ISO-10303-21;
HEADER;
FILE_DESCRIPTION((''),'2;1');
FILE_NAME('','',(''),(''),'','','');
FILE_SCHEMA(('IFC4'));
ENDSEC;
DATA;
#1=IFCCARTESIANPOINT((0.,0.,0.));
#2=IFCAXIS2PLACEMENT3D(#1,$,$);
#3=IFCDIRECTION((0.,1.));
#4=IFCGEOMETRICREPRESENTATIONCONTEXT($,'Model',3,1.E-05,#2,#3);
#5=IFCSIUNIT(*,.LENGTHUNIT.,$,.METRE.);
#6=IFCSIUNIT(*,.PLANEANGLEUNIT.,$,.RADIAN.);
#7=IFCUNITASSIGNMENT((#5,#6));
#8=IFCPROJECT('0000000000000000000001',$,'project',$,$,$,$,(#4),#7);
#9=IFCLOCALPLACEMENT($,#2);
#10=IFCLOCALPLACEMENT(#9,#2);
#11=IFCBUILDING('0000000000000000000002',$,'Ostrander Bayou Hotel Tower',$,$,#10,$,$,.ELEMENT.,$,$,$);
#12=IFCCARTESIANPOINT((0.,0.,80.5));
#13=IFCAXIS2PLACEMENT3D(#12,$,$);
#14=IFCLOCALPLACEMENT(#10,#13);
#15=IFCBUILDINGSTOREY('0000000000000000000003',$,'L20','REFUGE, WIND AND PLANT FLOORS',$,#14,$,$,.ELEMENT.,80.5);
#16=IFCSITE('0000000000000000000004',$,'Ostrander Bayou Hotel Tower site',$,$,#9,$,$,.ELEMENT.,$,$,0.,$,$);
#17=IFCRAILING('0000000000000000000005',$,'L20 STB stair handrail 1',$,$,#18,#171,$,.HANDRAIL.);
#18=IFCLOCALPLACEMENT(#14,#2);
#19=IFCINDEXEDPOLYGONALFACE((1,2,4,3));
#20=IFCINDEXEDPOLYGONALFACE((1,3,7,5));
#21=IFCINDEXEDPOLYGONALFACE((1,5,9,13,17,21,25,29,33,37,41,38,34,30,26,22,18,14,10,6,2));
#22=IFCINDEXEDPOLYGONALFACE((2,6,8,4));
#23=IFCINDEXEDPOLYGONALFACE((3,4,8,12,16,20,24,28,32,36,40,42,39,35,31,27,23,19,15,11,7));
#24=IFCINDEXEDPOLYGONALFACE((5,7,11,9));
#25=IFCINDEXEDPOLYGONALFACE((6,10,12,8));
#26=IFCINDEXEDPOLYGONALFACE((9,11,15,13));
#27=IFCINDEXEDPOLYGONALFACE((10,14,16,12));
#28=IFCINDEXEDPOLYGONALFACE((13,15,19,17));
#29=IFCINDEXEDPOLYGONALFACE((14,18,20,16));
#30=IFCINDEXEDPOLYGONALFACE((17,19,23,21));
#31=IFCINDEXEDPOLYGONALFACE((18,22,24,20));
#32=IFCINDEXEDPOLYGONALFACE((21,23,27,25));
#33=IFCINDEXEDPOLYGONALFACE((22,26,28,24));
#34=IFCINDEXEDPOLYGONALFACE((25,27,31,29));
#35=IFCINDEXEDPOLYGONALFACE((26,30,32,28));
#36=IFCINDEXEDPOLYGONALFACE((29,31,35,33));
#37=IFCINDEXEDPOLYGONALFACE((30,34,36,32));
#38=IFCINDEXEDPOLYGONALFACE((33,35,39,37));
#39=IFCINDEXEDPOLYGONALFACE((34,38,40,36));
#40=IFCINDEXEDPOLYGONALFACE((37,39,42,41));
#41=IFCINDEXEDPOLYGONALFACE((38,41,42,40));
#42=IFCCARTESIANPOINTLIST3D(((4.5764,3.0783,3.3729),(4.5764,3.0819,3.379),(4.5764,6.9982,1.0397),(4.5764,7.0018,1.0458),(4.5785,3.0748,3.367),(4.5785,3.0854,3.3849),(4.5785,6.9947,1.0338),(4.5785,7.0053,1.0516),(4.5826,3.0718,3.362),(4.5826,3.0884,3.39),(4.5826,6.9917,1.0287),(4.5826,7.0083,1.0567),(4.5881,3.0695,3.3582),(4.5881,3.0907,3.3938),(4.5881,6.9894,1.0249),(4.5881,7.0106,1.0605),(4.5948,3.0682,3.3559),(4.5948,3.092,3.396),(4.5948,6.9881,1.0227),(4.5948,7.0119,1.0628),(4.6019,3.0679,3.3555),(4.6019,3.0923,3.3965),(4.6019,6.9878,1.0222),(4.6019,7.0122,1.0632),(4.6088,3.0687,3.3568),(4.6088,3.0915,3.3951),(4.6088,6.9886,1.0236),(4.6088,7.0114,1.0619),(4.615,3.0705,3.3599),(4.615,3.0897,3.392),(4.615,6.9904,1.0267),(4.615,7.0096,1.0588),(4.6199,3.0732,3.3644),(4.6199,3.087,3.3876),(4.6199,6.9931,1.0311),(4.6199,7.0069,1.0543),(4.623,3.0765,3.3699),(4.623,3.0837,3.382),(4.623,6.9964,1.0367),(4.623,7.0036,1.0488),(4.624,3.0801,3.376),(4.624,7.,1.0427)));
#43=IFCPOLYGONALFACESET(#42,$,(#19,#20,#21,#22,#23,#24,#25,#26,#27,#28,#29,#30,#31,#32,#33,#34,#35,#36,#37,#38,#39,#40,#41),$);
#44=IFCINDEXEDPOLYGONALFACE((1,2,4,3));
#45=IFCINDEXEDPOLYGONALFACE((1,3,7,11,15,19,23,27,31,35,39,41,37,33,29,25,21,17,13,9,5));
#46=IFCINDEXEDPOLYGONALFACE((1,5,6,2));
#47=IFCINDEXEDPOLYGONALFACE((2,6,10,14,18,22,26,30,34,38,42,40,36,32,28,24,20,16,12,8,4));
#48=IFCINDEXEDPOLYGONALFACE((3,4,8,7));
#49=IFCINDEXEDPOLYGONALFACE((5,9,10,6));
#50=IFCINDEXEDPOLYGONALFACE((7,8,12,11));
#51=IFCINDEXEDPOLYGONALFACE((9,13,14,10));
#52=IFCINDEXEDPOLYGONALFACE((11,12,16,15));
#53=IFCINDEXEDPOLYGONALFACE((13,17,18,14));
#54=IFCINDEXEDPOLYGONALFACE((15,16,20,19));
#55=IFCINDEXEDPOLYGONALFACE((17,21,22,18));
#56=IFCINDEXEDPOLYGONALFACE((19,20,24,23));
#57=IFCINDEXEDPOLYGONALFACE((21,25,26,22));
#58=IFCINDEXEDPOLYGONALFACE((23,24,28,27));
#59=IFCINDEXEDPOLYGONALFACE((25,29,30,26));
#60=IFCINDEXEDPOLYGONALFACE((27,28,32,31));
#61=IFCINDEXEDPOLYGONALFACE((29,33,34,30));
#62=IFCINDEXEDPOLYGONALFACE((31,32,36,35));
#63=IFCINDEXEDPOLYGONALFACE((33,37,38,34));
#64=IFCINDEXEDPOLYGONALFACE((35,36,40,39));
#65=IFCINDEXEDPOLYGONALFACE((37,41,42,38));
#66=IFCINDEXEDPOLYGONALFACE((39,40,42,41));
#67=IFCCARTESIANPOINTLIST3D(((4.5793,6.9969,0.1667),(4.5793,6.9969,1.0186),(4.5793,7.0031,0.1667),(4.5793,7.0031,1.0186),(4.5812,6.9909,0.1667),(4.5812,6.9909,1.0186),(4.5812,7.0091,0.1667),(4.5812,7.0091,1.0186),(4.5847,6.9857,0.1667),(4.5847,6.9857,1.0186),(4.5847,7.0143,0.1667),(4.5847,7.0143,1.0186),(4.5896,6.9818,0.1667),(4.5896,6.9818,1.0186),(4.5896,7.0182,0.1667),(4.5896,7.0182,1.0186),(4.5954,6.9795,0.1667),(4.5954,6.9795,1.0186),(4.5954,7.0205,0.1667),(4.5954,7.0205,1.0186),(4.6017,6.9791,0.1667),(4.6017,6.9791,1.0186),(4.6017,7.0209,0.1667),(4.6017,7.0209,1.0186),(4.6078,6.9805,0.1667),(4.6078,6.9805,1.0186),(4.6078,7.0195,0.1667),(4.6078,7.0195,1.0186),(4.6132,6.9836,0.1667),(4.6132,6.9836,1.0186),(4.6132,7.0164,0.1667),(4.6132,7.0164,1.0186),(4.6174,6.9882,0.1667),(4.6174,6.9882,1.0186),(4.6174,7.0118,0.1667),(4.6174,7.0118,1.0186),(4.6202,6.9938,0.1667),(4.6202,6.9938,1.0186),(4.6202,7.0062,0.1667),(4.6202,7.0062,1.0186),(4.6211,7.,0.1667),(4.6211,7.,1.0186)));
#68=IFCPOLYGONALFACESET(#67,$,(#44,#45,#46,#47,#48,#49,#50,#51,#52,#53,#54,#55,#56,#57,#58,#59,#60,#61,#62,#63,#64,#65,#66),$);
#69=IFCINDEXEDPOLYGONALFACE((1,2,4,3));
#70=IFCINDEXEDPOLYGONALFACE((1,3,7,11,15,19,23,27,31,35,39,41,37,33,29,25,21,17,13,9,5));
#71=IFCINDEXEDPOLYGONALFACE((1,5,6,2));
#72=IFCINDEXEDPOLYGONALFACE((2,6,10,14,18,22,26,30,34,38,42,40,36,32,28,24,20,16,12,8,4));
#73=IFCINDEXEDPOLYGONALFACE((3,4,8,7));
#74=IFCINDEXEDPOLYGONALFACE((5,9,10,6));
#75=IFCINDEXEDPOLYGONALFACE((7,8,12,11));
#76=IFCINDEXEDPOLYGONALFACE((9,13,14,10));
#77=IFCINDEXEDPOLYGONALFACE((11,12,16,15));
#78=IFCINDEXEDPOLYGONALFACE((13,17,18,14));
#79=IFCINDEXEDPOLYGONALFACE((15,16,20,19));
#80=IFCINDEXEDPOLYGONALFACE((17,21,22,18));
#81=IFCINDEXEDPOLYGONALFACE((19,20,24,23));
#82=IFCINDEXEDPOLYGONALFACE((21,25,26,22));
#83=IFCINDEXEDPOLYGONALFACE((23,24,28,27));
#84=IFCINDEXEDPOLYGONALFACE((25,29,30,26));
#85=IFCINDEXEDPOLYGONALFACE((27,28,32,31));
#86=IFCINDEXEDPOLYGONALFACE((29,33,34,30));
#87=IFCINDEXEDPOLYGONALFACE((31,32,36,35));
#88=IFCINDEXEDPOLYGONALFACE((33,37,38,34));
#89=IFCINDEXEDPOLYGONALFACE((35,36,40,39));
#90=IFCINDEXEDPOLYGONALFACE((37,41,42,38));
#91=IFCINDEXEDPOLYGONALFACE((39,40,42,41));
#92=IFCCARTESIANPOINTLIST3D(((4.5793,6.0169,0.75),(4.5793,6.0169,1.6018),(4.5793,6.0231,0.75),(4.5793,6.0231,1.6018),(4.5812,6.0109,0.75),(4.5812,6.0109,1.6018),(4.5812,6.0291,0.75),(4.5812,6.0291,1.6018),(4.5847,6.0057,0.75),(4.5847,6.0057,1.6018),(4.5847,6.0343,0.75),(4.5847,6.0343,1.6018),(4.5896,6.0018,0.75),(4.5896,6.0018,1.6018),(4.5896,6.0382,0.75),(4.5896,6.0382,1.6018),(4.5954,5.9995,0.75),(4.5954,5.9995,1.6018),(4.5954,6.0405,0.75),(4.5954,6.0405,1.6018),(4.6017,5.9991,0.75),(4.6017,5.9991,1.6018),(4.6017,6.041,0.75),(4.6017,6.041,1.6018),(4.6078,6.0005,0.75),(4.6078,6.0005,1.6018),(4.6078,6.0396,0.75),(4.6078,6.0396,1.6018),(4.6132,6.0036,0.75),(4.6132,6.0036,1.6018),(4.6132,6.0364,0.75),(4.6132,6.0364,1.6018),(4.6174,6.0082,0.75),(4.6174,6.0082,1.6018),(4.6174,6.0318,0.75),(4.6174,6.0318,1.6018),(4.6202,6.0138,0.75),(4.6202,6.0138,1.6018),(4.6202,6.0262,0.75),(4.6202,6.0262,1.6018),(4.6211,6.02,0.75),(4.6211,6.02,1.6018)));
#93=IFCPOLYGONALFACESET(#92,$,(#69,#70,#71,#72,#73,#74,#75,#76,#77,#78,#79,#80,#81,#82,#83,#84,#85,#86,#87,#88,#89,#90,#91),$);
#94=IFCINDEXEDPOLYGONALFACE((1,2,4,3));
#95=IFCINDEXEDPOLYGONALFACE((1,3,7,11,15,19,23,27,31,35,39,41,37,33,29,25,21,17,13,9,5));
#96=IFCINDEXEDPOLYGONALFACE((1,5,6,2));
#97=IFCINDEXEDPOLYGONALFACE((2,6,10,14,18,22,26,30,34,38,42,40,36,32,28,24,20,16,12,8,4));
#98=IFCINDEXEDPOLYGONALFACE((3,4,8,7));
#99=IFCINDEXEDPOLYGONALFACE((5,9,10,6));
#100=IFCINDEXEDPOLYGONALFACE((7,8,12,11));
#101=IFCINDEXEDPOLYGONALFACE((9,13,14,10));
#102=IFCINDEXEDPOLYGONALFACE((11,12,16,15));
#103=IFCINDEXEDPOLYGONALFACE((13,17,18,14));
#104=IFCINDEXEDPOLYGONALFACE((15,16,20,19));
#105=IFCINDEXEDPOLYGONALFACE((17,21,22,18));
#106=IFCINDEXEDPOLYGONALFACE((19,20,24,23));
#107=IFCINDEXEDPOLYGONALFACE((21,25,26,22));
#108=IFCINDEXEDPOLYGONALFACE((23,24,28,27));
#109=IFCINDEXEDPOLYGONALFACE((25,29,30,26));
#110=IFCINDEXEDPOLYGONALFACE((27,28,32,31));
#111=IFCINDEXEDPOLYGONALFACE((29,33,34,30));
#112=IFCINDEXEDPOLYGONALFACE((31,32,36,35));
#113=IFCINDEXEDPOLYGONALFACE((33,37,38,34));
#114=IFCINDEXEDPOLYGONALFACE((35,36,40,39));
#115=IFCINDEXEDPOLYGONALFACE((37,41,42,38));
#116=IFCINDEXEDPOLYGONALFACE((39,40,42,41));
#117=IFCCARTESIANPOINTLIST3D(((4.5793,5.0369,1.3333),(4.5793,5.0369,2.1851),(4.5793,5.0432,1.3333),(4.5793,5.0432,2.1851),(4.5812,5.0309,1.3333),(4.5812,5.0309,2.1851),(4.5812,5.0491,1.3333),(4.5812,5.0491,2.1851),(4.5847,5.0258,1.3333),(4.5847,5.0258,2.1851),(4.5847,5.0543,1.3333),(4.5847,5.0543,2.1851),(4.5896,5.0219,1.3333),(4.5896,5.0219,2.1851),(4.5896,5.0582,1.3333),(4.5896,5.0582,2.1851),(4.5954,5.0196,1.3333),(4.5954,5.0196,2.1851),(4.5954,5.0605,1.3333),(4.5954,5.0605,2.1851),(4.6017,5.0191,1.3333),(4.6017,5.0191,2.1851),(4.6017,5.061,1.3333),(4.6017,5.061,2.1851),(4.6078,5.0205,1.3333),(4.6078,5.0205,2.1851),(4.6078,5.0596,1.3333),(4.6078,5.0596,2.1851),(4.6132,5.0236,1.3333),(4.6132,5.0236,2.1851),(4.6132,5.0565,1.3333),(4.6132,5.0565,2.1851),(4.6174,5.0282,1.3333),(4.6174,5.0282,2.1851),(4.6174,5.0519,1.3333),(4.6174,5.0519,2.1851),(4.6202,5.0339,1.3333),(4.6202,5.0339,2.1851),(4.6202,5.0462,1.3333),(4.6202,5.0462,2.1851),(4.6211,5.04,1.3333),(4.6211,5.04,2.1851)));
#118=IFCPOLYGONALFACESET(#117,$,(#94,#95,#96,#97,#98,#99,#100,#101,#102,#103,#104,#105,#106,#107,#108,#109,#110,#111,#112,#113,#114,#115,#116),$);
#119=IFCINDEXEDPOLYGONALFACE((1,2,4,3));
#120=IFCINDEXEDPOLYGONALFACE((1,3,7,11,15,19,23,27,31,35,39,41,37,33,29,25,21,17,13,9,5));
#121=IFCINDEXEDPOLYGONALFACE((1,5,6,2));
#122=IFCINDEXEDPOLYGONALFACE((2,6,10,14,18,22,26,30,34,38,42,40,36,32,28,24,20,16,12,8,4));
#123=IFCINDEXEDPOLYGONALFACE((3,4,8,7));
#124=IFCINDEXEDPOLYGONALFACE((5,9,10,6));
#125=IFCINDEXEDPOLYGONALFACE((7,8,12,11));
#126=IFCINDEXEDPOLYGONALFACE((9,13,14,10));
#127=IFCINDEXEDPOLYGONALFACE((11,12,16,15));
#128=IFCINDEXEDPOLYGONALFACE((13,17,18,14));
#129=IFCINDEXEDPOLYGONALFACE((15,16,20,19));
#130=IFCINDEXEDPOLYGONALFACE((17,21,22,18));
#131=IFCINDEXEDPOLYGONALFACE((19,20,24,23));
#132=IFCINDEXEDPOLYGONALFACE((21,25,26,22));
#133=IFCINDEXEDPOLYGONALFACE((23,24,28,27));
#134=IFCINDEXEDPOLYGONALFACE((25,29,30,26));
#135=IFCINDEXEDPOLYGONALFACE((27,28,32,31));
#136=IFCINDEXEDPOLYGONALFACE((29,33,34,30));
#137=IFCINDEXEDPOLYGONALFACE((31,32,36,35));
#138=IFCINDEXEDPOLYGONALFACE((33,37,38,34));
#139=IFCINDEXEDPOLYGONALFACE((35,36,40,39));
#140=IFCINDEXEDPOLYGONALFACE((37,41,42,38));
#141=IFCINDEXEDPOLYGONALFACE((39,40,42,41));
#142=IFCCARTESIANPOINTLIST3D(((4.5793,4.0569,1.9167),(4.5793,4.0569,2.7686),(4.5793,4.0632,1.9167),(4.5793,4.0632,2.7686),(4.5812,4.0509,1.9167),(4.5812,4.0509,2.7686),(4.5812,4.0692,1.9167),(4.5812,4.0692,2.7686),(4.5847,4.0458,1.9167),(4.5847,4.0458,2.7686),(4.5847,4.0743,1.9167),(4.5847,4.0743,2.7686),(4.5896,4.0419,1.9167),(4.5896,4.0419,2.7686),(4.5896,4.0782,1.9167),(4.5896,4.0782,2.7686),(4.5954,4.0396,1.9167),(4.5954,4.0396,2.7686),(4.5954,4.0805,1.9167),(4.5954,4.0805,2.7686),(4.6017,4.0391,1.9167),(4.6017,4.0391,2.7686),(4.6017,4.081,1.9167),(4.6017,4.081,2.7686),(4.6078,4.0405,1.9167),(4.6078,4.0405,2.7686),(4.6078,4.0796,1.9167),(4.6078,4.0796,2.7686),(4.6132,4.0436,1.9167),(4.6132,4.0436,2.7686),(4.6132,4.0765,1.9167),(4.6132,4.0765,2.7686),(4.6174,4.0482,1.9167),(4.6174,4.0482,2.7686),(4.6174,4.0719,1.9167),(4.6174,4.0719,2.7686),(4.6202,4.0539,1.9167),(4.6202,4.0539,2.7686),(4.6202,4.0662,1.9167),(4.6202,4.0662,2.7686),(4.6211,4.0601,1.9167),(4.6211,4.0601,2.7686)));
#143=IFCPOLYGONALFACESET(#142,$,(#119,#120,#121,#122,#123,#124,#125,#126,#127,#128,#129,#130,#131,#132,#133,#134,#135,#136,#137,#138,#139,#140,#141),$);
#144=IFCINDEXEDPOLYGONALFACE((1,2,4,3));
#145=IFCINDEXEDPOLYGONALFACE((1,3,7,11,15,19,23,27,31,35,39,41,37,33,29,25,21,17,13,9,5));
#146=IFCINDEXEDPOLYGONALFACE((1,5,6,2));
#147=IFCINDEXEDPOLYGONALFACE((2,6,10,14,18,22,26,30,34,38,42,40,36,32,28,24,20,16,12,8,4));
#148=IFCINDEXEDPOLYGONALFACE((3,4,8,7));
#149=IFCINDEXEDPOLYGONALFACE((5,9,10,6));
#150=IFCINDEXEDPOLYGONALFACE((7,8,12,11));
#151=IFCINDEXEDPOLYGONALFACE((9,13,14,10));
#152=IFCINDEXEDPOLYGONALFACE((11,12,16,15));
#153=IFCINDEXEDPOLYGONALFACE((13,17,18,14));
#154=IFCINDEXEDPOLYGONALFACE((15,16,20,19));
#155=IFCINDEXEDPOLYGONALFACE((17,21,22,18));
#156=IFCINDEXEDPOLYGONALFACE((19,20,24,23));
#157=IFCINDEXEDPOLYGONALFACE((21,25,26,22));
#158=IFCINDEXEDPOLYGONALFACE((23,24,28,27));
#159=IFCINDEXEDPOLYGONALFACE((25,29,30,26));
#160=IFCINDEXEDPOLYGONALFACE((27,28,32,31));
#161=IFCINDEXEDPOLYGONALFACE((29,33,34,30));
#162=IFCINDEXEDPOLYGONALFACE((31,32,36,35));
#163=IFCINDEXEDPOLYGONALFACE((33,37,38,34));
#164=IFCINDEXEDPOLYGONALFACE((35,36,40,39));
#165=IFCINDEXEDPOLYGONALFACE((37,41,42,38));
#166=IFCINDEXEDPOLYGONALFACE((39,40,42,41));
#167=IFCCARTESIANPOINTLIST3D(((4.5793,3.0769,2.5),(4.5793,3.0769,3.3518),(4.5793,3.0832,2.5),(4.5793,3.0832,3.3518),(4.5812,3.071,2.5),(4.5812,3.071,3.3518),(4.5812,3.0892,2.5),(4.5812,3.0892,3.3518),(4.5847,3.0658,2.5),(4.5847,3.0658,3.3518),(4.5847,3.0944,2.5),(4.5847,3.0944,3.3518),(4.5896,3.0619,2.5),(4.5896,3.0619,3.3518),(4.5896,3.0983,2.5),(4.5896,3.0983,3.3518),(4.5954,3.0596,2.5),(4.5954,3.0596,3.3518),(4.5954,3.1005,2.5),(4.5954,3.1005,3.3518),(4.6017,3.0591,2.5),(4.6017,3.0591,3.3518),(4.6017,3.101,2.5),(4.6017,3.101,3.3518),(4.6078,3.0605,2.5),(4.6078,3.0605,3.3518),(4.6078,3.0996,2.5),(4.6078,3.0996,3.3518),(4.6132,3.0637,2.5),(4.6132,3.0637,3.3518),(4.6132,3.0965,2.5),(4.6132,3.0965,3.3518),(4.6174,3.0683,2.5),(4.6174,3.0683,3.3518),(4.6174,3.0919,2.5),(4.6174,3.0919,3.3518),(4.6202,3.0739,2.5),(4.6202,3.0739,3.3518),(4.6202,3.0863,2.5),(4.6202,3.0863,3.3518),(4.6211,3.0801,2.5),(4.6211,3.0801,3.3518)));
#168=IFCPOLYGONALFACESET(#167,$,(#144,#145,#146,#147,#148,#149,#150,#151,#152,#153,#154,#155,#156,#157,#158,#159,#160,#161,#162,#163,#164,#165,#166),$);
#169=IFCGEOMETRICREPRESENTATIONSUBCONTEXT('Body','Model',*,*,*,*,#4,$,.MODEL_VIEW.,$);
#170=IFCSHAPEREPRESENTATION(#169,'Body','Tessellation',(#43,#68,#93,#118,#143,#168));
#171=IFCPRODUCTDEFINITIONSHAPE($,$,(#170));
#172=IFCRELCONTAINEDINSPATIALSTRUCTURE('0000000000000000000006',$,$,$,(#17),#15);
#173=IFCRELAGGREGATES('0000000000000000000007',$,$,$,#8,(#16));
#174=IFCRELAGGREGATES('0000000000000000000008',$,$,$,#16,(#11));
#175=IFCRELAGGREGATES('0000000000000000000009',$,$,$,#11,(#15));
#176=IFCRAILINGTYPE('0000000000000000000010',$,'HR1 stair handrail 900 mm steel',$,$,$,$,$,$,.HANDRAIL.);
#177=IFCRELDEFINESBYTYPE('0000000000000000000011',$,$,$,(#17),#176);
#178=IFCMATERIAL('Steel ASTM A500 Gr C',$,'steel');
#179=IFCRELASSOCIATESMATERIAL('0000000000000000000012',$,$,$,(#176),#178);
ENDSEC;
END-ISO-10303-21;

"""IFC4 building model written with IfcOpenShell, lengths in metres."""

from ifc_helpers import new_model, si_unit, direction, frame, origin, origin_2d, place, context, subcontext, project, spatial, circle, extrude, material, type_object, element, save


model = new_model("IFC4")

# Units and contexts
model_context = context("Model", 3, precision=1e-05, world=origin(), true_north=direction((0.0, 1.0)))
body_context = subcontext(model_context, "Body", "Model", "MODEL_VIEW")
ifc_project = project(units=[si_unit("LENGTHUNIT", "METRE"), si_unit("PLANEANGLEUNIT", "RADIAN")], contexts=[model_context])

# Site, building, storey
site_placement = place(None, origin())
site = spatial("IfcSite", under=ifc_project, at=site_placement, Name="Ostrander Bayou Hotel Tower site", CompositionType="ELEMENT", RefElevation=0.0)
building_placement = place(site_placement, origin())
building = spatial("IfcBuilding", under=site, at=building_placement, Name="Ostrander Bayou Hotel Tower", CompositionType="ELEMENT")
storey_placement = place(building_placement, frame((0.0, 0.0, 80.5)))
storey = spatial("IfcBuildingStorey", under=building, at=storey_placement, Name="L20", Description="REFUGE, WIND AND PLANT FLOORS", CompositionType="ELEMENT", Elevation=80.5)

# Railing
ifc_material_1 = material(Name="Steel ASTM A500 Gr C", Category="steel")
railing_type_1 = type_object("IfcRailingType", Name="HR1 stair handrail 900 mm steel", PredefinedType="HANDRAIL", material=ifc_material_1)
railing_1_placement = place(storey_placement, frame((4.6001, 7.0, 0.1667)))
element("IfcRailing", 1, at=railing_1_placement, inside=storey, type_object=railing_type_1, Name="L20 STB stair handrail 1", PredefinedType="HANDRAIL", context=body_context, shape_type="SweptSolid", body=[
    extrude(circle(Radius=0.0239, at=origin_2d()), frame((0.0, 0.0, 0.876), z_axis=(0.0, -0.859296, 0.511478), x_axis=(1.0, 0.0, 0.0)), (0.0, 0.0, 1.0), 4.5618),
    extrude(circle(Radius=0.021, at=origin_2d()), origin(), (0.0, 0.0, 1.0), 0.8518),
    extrude(circle(Radius=0.021, at=origin_2d()), frame((0.0, -0.98, 0.5833)), (0.0, 0.0, 1.0), 0.8518),
    extrude(circle(Radius=0.021, at=origin_2d()), frame((0.0, -1.96, 1.1665)), (0.0, 0.0, 1.0), 0.8518),
    extrude(circle(Radius=0.021, at=origin_2d()), frame((0.0, -2.9399, 1.75)), (0.0, 0.0, 1.0), 0.8518),
    extrude(circle(Radius=0.021, at=origin_2d()), frame((0.0, -3.9199, 2.3333)), (0.0, 0.0, 1.0), 0.8518),
])

save(model, "model.ifc")
